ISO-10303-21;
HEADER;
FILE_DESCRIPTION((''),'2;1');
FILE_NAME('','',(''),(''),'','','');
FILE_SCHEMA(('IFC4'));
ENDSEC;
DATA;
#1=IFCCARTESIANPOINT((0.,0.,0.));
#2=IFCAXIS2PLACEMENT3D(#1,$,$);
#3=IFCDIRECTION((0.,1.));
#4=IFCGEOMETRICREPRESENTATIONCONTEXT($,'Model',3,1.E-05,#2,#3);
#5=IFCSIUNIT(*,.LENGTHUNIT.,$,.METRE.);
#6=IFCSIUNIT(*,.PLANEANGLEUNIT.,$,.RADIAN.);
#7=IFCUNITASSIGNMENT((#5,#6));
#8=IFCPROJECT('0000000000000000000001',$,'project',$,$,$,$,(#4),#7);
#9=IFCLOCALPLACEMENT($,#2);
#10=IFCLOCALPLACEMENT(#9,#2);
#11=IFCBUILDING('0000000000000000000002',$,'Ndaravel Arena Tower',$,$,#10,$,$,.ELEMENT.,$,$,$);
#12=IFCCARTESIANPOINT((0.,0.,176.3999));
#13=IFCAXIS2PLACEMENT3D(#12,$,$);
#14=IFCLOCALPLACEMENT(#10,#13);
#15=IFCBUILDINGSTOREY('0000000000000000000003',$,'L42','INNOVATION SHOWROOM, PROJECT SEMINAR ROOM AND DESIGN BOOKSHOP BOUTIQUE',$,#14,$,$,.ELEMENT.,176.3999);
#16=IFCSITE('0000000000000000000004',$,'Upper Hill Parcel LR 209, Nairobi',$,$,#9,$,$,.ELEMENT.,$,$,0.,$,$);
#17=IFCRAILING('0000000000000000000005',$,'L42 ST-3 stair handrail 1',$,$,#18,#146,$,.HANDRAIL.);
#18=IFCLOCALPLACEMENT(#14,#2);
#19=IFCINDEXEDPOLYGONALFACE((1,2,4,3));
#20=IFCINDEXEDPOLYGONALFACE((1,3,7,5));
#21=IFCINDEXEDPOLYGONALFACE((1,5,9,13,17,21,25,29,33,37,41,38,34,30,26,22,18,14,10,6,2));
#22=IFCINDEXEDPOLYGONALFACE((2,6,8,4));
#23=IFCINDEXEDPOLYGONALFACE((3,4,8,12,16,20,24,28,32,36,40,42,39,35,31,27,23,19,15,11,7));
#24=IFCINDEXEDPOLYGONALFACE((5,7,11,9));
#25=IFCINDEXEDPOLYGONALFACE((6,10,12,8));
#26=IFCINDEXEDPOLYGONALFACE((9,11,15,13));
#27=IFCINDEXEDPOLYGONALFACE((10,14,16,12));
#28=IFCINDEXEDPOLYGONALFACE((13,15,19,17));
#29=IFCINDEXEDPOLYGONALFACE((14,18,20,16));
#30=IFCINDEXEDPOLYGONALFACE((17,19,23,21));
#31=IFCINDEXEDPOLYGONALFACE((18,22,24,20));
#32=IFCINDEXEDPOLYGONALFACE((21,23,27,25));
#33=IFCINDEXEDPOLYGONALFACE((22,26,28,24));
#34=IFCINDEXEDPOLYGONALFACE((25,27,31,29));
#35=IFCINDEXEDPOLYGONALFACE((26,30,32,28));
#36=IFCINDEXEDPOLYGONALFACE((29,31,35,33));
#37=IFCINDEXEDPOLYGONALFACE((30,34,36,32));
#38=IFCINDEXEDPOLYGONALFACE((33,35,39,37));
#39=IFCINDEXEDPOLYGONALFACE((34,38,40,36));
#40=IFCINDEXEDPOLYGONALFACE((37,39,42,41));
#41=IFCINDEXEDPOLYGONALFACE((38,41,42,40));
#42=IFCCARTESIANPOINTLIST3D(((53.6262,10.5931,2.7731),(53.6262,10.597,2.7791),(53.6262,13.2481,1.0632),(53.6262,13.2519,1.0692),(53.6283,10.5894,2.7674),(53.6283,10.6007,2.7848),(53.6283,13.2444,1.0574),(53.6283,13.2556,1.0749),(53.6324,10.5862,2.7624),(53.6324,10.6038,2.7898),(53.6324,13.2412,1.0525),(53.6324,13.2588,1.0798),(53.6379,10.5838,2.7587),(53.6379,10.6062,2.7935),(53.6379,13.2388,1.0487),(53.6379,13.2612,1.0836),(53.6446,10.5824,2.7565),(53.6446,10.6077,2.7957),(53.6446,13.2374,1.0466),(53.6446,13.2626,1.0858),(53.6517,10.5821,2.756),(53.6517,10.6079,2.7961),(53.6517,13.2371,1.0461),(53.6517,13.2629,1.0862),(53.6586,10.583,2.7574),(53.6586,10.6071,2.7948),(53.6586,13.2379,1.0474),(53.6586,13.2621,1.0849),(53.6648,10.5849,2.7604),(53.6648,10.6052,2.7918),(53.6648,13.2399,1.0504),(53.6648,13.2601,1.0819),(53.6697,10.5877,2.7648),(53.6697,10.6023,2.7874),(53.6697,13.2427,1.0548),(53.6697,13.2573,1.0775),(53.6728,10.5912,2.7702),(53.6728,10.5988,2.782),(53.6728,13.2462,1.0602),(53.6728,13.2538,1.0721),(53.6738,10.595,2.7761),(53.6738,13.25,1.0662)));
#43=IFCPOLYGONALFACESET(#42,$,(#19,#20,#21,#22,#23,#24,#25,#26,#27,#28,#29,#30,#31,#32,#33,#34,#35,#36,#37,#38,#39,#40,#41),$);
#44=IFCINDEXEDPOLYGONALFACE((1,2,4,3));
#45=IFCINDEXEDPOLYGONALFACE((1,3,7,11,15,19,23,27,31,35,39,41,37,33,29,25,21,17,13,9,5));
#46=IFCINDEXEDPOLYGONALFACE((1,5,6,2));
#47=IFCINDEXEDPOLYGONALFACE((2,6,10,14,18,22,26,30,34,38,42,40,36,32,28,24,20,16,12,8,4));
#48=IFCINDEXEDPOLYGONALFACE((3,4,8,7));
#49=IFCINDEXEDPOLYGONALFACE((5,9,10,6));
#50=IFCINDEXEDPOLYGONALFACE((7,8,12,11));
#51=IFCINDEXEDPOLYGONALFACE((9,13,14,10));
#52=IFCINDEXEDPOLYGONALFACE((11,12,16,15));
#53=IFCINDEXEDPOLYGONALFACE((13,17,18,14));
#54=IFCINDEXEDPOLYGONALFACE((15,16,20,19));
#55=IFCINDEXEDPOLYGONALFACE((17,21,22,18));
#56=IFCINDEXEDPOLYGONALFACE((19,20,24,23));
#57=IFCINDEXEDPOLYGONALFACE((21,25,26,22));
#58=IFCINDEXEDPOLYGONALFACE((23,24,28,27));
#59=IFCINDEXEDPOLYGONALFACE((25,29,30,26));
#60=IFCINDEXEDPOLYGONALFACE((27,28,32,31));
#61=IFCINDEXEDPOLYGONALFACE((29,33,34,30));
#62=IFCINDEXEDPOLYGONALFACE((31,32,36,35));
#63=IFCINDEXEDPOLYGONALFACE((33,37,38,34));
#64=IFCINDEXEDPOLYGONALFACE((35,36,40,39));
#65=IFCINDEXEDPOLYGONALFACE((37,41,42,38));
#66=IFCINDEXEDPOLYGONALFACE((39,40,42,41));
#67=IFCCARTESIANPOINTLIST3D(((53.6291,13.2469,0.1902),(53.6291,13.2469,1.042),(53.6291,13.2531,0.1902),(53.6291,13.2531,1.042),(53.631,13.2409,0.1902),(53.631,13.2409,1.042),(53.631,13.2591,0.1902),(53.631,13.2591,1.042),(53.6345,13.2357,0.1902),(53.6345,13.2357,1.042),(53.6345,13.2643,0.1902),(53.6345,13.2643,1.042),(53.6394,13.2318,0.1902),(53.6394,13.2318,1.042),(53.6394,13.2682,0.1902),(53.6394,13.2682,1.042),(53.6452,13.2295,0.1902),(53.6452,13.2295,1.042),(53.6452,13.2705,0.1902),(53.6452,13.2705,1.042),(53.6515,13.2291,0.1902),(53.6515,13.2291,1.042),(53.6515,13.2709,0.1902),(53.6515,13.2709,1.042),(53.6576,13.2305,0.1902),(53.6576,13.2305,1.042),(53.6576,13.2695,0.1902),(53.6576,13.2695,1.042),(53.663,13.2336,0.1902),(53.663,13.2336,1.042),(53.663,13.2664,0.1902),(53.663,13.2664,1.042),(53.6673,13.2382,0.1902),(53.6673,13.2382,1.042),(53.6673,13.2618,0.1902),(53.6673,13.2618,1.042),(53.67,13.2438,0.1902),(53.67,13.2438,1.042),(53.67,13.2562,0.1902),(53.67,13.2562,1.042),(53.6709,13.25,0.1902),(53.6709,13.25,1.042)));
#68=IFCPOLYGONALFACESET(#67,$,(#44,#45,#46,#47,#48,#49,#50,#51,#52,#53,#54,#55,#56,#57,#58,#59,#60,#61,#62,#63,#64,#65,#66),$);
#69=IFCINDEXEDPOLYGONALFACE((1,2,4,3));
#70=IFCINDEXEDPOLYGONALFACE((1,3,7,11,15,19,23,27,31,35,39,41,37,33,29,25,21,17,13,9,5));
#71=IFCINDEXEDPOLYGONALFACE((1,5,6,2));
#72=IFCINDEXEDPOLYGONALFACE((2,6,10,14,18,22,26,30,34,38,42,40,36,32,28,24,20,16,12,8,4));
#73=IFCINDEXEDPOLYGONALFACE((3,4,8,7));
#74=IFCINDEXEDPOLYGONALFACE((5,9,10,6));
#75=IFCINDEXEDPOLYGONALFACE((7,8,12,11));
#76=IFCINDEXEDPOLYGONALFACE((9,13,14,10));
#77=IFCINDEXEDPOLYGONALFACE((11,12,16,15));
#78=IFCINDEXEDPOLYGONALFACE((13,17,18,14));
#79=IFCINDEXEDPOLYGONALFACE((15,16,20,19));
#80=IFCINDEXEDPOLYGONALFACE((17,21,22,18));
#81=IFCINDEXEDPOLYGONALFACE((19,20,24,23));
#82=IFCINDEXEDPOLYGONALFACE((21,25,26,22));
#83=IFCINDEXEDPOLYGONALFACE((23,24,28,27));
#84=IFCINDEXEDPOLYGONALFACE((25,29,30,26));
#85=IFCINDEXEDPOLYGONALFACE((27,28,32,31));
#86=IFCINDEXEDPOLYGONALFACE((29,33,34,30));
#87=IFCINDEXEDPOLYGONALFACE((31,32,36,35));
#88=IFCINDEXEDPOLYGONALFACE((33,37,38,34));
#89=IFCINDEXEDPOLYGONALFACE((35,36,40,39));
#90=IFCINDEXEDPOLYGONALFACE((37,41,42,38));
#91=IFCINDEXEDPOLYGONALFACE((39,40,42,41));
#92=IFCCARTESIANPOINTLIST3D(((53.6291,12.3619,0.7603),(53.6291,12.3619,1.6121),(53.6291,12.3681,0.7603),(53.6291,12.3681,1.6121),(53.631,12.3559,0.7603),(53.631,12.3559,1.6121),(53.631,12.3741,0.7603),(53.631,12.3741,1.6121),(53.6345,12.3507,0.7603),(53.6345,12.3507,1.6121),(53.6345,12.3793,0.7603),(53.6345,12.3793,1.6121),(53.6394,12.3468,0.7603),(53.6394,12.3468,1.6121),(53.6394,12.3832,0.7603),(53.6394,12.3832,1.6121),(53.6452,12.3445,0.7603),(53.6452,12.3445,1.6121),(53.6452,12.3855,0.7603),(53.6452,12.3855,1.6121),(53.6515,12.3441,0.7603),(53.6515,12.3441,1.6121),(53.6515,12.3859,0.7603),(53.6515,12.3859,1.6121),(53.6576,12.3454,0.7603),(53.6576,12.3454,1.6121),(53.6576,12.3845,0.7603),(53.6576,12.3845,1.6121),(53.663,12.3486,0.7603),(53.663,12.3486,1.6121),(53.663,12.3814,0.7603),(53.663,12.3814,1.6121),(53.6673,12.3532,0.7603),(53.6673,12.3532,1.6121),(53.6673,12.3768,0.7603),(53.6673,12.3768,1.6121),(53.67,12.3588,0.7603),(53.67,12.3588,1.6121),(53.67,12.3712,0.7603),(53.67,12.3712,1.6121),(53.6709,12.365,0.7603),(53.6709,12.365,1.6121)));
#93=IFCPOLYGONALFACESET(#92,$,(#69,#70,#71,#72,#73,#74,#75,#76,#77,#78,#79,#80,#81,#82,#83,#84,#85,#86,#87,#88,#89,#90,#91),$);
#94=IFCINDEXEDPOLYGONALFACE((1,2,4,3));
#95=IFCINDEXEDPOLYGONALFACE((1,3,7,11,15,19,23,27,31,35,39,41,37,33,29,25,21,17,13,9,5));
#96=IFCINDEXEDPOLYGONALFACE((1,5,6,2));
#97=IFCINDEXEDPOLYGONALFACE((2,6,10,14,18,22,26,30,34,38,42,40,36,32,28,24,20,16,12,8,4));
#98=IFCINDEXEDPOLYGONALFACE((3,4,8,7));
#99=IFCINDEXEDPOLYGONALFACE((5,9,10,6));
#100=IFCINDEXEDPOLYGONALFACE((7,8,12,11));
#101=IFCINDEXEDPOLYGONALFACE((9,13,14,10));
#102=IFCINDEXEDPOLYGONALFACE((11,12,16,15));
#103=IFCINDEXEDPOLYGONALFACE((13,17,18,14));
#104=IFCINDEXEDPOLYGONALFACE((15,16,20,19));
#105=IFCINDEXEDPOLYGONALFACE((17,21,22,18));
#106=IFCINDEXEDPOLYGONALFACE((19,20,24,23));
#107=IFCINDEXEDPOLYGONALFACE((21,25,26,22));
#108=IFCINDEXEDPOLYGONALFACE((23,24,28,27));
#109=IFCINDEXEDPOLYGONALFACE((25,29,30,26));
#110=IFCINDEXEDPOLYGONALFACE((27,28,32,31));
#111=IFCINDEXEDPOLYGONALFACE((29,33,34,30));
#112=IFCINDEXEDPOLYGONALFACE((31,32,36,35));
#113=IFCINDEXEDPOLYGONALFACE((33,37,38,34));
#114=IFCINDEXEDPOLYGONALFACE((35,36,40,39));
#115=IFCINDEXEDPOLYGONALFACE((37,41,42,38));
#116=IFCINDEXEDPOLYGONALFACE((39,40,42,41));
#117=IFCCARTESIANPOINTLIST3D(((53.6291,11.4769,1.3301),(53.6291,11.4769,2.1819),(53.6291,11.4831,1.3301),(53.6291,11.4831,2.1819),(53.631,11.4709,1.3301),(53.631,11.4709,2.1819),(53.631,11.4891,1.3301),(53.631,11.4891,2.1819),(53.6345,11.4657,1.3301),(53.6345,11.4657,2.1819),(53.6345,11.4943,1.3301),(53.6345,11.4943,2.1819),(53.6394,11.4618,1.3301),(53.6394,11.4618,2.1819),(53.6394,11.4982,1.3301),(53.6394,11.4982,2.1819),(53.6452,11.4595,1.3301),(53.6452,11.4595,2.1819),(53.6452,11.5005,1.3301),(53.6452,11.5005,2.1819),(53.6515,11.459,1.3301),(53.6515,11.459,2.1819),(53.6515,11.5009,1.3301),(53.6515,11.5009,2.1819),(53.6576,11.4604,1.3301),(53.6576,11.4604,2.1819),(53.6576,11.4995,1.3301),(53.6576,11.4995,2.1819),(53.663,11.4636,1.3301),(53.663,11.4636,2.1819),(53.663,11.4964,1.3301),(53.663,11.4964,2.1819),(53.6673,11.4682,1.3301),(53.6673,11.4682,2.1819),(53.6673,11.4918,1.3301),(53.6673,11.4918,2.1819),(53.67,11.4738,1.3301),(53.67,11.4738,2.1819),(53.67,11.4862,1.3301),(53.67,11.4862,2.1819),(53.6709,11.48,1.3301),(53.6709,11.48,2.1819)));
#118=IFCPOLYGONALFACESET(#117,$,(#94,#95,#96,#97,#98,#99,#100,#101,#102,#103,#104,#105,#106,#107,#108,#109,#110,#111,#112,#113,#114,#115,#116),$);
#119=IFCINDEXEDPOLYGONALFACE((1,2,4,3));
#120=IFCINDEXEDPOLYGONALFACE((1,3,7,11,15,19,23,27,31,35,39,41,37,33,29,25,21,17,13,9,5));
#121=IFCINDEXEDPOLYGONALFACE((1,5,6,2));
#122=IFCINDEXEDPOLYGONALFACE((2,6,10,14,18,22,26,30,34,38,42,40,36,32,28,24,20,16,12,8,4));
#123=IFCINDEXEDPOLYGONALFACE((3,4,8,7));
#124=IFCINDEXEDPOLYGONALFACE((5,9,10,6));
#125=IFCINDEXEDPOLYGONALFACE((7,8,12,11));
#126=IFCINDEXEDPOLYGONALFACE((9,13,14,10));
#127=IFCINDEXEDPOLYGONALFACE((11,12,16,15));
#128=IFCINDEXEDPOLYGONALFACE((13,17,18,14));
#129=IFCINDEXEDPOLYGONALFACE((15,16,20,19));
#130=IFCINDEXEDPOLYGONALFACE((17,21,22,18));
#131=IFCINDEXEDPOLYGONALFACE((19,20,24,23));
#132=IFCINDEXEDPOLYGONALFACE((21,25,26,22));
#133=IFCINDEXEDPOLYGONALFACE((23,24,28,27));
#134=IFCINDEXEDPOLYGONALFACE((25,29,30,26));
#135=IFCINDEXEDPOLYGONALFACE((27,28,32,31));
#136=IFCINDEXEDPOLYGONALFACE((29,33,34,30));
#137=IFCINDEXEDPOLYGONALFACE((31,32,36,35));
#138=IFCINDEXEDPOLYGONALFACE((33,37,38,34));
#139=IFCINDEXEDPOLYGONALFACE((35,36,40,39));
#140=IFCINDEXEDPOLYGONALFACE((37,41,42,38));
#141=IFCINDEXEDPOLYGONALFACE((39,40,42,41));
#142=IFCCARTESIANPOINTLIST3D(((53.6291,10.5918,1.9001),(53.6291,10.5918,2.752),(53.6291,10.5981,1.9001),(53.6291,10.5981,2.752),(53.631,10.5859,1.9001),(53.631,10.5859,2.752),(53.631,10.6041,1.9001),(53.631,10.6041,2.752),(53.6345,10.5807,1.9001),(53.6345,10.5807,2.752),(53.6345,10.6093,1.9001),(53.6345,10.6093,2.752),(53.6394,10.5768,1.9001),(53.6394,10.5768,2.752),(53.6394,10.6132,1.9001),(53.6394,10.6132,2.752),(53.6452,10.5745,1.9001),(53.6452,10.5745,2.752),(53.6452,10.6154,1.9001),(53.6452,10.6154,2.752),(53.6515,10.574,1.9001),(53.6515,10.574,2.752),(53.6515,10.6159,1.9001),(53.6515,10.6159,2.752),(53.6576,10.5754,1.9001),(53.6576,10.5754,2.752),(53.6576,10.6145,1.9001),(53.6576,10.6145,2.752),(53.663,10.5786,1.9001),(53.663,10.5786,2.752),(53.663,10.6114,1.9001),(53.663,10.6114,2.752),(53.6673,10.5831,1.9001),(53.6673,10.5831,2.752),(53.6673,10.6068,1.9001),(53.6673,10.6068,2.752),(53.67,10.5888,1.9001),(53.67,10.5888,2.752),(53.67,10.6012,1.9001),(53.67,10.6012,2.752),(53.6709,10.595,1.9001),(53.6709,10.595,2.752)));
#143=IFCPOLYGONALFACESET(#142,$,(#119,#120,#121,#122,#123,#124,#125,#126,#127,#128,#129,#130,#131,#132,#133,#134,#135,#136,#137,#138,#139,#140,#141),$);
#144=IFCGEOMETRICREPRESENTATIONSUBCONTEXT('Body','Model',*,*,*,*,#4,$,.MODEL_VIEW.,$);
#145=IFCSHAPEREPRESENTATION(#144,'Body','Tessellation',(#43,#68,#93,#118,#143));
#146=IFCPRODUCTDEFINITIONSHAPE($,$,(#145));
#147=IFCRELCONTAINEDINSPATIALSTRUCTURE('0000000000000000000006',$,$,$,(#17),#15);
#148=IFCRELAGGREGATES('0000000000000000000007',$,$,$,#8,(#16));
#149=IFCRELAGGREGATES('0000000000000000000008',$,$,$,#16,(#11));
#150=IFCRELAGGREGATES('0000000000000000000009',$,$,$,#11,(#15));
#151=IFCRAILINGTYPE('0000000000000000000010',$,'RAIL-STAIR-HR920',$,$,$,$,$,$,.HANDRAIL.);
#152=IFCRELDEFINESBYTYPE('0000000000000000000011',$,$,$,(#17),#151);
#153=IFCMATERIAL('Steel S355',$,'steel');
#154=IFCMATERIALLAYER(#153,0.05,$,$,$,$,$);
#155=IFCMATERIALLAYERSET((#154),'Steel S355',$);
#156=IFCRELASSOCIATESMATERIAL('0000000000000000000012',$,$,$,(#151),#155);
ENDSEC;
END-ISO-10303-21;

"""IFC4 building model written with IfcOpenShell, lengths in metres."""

from ifc_helpers import new_model, si_unit, direction, frame, origin, origin_2d, place, context, subcontext, project, spatial, circle, extrude, material, layer, layer_set, type_object, element, save


model = new_model("IFC4")

# Units and contexts
model_context = context("Model", 3, precision=1e-05, world=origin(), true_north=direction((0.0, 1.0)))
body_context = subcontext(model_context, "Body", "Model", "MODEL_VIEW")
ifc_project = project(units=[si_unit("LENGTHUNIT", "METRE"), si_unit("PLANEANGLEUNIT", "RADIAN")], contexts=[model_context])

# Site, building, storey
site_placement = place(None, origin())
site = spatial("IfcSite", under=ifc_project, at=site_placement, Name="Upper Hill Parcel LR 209, Nairobi", CompositionType="ELEMENT", RefElevation=0.0)
building_placement = place(site_placement, origin())
building = spatial("IfcBuilding", under=site, at=building_placement, Name="Ndaravel Arena Tower", CompositionType="ELEMENT")
storey_placement = place(building_placement, frame((0.0, 0.0, 176.3999)))
storey = spatial("IfcBuildingStorey", under=building, at=storey_placement, Name="L42", Description="INNOVATION SHOWROOM, PROJECT SEMINAR ROOM AND DESIGN BOOKSHOP BOUTIQUE", CompositionType="ELEMENT", Elevation=176.3999)

# Railing
ifc_material_1 = material(Name="Steel S355", Category="steel")
ifc_layer_1 = layer(ifc_material_1, 0.05)
ifc_layer_set_1 = layer_set([ifc_layer_1], Name="Steel S355")
railing_type_1 = type_object("IfcRailingType", Name="RAIL-STAIR-HR920", PredefinedType="HANDRAIL", material=ifc_layer_set_1)
railing_1_placement = place(storey_placement, frame((53.6499, 13.25, 0.1902)))
element("IfcRailing", 1, at=railing_1_placement, inside=storey, type_object=railing_type_1, Name="L42 ST-3 stair handrail 1", PredefinedType="HANDRAIL", context=body_context, shape_type="SweptSolid", body=[
    extrude(circle(Radius=0.0239, at=origin_2d()), frame((0.0, 0.0, 0.876), z_axis=(0.0, -0.840724, 0.541465), x_axis=(1.0, 0.0, 0.0)), (0.0, 0.0, 1.0), 3.158),
    extrude(circle(Radius=0.021, at=origin_2d()), origin(), (0.0, 0.0, 1.0), 0.8518),
    extrude(circle(Radius=0.021, at=origin_2d()), frame((0.0, -0.885, 0.5701)), (0.0, 0.0, 1.0), 0.8518),
    extrude(circle(Radius=0.021, at=origin_2d()), frame((0.0, -1.77, 1.1399)), (0.0, 0.0, 1.0), 0.8518),
    extrude(circle(Radius=0.021, at=origin_2d()), frame((0.0, -2.655, 1.71)), (0.0, 0.0, 1.0), 0.8518),
])

save(model, "model.ifc")
